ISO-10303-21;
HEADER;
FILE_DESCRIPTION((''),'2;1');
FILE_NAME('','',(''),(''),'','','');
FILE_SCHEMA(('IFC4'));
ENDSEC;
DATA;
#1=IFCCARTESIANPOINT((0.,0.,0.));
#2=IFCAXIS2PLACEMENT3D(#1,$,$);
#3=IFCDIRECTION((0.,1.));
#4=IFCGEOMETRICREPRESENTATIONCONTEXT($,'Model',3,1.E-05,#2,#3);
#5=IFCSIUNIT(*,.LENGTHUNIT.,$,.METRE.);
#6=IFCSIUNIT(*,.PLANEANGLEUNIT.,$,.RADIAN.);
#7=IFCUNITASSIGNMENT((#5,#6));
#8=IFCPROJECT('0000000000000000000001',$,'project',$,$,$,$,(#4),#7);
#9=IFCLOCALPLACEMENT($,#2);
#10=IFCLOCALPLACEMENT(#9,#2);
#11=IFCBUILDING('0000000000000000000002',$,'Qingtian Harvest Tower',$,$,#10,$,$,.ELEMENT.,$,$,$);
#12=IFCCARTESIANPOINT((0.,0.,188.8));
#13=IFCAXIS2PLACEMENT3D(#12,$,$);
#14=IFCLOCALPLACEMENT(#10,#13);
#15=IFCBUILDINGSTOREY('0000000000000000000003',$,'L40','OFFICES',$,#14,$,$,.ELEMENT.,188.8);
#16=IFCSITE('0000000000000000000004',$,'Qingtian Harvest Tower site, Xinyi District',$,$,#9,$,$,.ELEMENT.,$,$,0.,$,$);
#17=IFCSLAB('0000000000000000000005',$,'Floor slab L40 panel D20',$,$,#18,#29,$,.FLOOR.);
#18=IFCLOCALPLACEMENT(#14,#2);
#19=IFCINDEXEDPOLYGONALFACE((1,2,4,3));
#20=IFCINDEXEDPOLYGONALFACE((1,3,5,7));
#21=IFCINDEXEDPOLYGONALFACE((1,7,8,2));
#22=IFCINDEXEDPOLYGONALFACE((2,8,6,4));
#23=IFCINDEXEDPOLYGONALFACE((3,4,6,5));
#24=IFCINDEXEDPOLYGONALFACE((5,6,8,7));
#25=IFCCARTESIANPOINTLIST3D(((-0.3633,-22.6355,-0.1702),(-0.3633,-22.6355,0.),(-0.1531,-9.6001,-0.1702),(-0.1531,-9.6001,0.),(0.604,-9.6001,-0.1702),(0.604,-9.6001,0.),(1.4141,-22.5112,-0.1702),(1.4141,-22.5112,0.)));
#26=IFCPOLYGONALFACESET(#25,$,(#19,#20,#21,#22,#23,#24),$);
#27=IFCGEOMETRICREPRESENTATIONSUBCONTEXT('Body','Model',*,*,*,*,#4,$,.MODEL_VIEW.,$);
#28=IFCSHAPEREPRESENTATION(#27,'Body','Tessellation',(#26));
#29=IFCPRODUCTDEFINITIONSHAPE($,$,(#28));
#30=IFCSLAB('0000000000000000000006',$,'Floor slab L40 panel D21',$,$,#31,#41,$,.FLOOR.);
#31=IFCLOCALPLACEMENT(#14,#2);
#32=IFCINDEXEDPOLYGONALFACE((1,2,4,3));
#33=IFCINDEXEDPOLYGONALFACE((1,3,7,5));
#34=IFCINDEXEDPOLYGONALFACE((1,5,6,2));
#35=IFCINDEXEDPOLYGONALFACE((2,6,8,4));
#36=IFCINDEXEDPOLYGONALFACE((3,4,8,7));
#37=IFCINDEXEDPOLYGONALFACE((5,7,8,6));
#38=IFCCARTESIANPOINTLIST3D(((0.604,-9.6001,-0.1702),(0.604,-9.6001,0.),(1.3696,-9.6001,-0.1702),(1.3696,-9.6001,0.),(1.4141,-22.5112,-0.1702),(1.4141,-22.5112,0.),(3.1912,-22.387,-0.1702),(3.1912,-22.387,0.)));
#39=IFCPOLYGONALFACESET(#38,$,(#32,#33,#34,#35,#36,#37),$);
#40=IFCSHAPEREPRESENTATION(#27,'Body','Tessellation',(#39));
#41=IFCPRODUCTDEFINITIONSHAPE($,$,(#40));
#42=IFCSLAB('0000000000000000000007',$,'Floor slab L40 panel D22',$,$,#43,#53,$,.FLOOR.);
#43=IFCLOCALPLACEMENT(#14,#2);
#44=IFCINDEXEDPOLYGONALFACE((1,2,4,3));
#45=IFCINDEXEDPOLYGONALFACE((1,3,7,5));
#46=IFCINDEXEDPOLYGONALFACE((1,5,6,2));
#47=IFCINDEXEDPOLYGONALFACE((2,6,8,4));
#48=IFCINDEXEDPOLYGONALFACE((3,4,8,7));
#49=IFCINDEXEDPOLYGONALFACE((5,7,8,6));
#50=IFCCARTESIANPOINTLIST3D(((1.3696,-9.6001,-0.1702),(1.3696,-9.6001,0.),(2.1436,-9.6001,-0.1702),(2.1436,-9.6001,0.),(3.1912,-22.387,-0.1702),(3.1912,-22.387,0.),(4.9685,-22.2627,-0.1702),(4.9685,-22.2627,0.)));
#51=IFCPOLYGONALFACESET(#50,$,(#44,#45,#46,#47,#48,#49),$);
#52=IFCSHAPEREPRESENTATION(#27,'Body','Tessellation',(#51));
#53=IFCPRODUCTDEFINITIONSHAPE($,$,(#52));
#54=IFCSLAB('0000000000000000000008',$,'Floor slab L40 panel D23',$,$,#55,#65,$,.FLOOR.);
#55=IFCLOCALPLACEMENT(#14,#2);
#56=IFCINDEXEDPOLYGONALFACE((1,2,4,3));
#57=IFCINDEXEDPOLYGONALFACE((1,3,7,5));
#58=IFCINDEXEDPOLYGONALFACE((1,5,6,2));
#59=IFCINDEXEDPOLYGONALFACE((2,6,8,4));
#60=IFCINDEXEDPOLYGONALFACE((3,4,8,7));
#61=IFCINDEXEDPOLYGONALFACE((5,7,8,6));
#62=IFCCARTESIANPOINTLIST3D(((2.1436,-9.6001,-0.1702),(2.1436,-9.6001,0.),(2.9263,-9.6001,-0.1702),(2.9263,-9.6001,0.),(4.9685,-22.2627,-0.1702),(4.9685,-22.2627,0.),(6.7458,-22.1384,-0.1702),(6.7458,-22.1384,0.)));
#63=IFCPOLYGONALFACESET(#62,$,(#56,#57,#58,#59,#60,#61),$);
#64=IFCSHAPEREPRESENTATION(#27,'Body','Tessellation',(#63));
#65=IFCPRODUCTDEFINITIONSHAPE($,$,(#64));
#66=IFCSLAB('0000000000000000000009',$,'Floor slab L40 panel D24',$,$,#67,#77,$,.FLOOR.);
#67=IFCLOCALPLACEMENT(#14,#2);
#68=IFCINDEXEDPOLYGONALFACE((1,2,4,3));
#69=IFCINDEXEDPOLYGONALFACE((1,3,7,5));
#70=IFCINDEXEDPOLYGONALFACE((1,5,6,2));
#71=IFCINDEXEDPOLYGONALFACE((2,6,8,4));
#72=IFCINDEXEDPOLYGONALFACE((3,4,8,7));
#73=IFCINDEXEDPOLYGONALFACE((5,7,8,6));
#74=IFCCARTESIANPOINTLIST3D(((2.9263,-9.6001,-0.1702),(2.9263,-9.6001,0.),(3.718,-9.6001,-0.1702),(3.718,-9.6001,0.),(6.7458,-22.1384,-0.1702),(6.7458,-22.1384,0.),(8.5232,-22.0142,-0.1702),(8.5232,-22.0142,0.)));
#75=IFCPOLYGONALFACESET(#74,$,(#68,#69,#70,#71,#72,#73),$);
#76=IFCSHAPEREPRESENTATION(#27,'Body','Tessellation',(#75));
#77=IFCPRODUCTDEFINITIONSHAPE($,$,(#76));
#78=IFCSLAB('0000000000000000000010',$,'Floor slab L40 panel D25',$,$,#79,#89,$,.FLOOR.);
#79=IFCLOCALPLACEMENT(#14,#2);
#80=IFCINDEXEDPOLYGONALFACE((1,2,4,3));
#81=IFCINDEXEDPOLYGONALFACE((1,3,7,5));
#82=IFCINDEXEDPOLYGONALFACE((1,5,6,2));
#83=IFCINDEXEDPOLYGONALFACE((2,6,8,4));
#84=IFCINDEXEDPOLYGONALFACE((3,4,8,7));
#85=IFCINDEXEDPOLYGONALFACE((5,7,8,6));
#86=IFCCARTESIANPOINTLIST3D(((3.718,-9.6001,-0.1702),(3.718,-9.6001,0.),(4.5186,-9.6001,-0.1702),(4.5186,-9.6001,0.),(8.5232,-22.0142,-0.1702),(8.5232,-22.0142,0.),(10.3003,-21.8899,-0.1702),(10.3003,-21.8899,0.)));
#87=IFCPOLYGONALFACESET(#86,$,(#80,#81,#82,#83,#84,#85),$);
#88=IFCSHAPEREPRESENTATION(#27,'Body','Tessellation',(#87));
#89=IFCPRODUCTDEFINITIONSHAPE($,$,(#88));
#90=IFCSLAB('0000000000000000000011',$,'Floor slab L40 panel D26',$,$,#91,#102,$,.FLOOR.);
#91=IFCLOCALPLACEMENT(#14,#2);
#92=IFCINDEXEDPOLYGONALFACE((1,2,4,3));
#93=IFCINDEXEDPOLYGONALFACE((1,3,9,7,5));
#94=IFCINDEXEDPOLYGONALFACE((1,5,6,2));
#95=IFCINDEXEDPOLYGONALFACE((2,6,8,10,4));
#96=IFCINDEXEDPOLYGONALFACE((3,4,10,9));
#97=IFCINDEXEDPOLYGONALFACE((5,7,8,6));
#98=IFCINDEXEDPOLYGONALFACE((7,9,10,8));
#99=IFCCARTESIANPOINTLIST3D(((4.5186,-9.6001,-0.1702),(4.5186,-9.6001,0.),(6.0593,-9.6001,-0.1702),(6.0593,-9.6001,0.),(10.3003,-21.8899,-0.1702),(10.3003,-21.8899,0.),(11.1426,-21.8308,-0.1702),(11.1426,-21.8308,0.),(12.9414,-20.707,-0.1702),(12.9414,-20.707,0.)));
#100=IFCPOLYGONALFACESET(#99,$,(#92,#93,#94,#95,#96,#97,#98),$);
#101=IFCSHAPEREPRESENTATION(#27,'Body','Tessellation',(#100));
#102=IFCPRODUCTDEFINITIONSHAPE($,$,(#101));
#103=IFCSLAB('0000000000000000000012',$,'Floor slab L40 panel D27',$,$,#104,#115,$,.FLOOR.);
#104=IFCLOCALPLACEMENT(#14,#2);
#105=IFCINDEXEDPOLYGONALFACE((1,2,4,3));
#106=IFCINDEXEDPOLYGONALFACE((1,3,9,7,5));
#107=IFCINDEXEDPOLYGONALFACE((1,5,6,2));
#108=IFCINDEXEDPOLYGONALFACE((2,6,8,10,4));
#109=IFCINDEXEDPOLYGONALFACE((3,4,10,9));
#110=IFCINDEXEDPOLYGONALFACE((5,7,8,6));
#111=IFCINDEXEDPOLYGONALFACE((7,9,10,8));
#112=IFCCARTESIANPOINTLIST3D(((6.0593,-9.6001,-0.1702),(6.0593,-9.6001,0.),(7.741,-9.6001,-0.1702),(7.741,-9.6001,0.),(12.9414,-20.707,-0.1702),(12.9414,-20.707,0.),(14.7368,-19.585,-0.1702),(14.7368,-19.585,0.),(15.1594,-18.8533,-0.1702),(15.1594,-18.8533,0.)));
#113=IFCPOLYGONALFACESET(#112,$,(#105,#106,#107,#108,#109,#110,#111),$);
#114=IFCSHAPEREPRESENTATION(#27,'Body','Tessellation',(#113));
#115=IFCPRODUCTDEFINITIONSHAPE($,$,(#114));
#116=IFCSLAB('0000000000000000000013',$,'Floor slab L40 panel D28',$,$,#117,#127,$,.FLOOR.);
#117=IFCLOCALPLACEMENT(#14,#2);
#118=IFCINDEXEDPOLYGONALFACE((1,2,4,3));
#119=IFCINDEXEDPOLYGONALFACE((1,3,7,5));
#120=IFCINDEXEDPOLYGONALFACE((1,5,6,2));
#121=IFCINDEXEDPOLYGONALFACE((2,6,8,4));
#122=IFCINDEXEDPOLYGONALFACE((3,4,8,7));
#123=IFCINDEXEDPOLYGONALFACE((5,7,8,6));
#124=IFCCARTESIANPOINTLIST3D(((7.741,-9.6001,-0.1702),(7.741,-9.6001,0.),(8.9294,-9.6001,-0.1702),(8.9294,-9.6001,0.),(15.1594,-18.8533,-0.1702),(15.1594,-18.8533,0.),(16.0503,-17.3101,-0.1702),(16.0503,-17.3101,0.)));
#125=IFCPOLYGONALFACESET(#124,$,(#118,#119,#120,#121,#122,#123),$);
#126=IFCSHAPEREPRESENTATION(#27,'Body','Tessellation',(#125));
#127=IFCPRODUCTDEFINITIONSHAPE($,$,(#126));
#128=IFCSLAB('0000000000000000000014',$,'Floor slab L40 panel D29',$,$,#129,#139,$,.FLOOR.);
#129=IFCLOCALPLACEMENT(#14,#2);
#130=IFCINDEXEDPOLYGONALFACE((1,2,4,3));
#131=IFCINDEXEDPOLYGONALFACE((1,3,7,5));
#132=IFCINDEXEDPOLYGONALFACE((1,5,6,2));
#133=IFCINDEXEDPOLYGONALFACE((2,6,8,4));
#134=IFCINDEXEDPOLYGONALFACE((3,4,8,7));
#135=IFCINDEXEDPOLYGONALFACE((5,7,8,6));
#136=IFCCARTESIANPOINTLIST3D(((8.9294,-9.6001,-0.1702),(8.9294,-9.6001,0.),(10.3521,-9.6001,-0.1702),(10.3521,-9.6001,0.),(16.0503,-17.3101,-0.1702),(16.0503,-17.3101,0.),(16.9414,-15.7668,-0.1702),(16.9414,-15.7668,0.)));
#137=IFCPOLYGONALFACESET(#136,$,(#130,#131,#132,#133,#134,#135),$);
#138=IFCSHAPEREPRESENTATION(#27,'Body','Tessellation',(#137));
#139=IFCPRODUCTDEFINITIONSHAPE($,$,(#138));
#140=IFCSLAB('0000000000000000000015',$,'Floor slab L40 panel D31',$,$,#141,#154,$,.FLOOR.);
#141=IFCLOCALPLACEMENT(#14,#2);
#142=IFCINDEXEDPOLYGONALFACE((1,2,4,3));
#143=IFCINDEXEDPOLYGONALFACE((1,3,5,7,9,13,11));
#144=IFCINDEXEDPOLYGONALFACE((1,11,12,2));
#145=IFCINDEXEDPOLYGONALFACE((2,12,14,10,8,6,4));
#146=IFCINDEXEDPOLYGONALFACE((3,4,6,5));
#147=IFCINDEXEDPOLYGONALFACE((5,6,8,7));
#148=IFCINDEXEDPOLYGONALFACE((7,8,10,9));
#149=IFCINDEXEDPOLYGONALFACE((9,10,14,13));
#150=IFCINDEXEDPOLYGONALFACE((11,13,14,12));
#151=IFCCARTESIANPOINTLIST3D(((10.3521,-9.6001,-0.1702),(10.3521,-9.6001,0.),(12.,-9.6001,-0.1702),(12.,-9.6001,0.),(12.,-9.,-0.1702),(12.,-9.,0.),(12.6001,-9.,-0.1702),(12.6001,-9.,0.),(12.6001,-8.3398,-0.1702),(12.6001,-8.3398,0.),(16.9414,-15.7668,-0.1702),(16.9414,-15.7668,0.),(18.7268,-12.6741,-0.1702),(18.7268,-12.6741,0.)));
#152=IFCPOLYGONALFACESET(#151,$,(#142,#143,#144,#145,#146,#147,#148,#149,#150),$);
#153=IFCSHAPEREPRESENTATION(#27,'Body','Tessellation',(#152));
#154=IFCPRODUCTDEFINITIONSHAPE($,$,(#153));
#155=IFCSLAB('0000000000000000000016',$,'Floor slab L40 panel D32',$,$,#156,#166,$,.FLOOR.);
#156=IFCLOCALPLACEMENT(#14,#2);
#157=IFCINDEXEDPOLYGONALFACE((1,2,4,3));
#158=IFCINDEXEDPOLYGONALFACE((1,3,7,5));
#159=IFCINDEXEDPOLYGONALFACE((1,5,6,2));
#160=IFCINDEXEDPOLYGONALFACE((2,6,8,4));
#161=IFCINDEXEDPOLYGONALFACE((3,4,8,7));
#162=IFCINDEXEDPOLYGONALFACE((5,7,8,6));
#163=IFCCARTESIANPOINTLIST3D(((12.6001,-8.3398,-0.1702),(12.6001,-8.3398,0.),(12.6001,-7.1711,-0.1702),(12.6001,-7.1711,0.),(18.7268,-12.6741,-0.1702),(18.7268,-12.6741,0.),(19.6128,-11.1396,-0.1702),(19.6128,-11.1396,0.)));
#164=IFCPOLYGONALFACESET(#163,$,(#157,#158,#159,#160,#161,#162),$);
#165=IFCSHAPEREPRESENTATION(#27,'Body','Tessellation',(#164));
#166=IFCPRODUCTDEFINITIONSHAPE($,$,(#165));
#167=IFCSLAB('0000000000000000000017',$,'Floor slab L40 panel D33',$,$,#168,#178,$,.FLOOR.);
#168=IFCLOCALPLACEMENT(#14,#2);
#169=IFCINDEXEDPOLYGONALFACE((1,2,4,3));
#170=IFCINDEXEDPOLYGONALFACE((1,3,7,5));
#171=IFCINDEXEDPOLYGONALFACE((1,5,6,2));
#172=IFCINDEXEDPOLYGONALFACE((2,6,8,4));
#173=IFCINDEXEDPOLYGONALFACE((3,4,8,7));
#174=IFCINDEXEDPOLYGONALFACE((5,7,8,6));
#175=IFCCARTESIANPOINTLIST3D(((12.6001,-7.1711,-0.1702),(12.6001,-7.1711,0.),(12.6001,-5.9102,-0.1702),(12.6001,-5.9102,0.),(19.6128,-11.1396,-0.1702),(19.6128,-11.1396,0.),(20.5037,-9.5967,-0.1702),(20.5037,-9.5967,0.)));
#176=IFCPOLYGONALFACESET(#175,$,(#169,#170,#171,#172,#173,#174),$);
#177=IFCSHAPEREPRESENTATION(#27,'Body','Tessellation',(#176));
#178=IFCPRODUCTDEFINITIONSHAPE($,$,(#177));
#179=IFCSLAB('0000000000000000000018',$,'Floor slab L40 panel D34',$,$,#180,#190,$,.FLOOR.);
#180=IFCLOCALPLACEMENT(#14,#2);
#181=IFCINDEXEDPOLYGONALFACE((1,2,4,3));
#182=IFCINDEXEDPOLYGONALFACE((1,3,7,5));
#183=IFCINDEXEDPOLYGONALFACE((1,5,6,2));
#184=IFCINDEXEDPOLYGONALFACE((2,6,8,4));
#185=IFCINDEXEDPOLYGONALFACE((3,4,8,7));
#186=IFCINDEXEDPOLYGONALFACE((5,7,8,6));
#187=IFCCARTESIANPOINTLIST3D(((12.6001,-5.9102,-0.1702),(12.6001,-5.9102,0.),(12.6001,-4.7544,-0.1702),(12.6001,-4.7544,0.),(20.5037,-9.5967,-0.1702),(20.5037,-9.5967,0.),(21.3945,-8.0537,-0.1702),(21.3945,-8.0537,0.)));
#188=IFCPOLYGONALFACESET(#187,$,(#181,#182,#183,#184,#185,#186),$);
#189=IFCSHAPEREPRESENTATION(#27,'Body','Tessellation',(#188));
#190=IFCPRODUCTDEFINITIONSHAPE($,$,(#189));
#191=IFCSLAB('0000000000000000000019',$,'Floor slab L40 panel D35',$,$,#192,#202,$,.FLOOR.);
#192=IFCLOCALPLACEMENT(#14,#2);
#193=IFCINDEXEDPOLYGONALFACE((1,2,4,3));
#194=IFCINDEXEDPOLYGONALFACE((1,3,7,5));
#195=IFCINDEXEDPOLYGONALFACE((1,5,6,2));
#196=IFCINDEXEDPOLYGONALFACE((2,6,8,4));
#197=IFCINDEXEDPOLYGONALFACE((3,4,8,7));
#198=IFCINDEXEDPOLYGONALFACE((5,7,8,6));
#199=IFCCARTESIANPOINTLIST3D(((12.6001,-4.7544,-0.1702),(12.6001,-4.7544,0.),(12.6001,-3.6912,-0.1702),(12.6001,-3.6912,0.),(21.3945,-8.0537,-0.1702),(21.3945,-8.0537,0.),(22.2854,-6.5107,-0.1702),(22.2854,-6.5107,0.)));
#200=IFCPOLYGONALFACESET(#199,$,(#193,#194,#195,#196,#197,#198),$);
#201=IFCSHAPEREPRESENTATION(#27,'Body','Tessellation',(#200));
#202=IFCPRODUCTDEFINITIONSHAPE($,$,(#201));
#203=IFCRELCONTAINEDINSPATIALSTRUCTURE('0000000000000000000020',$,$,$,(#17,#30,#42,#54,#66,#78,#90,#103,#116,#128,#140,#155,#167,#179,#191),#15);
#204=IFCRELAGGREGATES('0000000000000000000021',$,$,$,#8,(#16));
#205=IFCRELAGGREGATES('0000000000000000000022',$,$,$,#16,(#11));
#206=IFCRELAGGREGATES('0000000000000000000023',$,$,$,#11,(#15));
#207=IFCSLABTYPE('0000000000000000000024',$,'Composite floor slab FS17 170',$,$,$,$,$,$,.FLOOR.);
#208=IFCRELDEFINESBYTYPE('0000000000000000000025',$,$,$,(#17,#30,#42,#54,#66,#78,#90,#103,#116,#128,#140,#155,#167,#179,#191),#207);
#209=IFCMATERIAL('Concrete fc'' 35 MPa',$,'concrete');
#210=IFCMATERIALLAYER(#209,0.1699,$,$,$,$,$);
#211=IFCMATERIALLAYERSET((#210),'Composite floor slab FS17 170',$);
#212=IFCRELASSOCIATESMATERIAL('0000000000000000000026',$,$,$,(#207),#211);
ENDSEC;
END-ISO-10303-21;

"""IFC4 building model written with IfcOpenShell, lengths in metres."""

from ifc_helpers import new_model, si_unit, direction, frame, origin, place, context, subcontext, project, spatial, polyline, outline, extrude, material, layer, layer_set, type_object, element, save


model = new_model("IFC4")

# Units and contexts
model_context = context("Model", 3, precision=1e-05, world=origin(), true_north=direction((0.0, 1.0)))
body_context = subcontext(model_context, "Body", "Model", "MODEL_VIEW")
ifc_project = project(units=[si_unit("LENGTHUNIT", "METRE"), si_unit("PLANEANGLEUNIT", "RADIAN")], contexts=[model_context])

# Site, building, storey
site_placement = place(None, origin())
site = spatial("IfcSite", under=ifc_project, at=site_placement, Name="Qingtian Harvest Tower site, Xinyi District", CompositionType="ELEMENT", RefElevation=0.0)
building_placement = place(site_placement, origin())
building = spatial("IfcBuilding", under=site, at=building_placement, Name="Qingtian Harvest Tower", CompositionType="ELEMENT")
storey_placement = place(building_placement, frame((0.0, 0.0, 188.8)))
storey = spatial("IfcBuildingStorey", under=building, at=storey_placement, Name="L40", Description="OFFICES", CompositionType="ELEMENT", Elevation=188.8)

# Slabs
ifc_material = material(Name="Concrete fc' 35 MPa", Category="concrete")
ifc_layer = layer(ifc_material, 0.1699)
ifc_layer_set = layer_set([ifc_layer], Name="Composite floor slab FS17 170")
slab_type = type_object("IfcSlabType", Name="Composite floor slab FS17 170", PredefinedType="FLOOR", material=ifc_layer_set)
slab_1_placement = place(storey_placement, frame((0.0, 0.0, -0.1702)))
element("IfcSlab", 1, at=slab_1_placement, inside=storey, type_object=slab_type, Name="Floor slab L40 panel D20", PredefinedType="FLOOR", context=body_context, shape_type="SweptSolid", body=[
    extrude(outline(polyline([(0.604, -9.6001), (1.4141, -22.5112), (-0.3633, -22.6355), (-0.1531, -9.6001), (0.604, -9.6001)])), origin(), (0.0, 0.0, 1.0), 0.1702),
])
slab_2_placement = place(storey_placement, frame((0.0, 0.0, -0.1702)))
element("IfcSlab", 2, at=slab_2_placement, inside=storey, type_object=slab_type, Name="Floor slab L40 panel D21", PredefinedType="FLOOR", context=body_context, shape_type="SweptSolid", body=[
    extrude(outline(polyline([(1.3696, -9.6001), (3.1912, -22.387), (1.4141, -22.5112), (0.604, -9.6001), (1.3696, -9.6001)])), origin(), (0.0, 0.0, 1.0), 0.1702),
])
slab_3_placement = place(storey_placement, frame((0.0, 0.0, -0.1702)))
element("IfcSlab", 3, at=slab_3_placement, inside=storey, type_object=slab_type, Name="Floor slab L40 panel D22", PredefinedType="FLOOR", context=body_context, shape_type="SweptSolid", body=[
    extrude(outline(polyline([(2.1436, -9.6001), (4.9685, -22.2627), (3.1912, -22.387), (1.3696, -9.6001), (2.1436, -9.6001)])), origin(), (0.0, 0.0, 1.0), 0.1702),
])
slab_4_placement = place(storey_placement, frame((0.0, 0.0, -0.1702)))
element("IfcSlab", 4, at=slab_4_placement, inside=storey, type_object=slab_type, Name="Floor slab L40 panel D23", PredefinedType="FLOOR", context=body_context, shape_type="SweptSolid", body=[
    extrude(outline(polyline([(2.9263, -9.6001), (6.7458, -22.1384), (4.9685, -22.2627), (2.1436, -9.6001), (2.9263, -9.6001)])), origin(), (0.0, 0.0, 1.0), 0.1702),
])
slab_5_placement = place(storey_placement, frame((0.0, 0.0, -0.1702)))
element("IfcSlab", 5, at=slab_5_placement, inside=storey, type_object=slab_type, Name="Floor slab L40 panel D24", PredefinedType="FLOOR", context=body_context, shape_type="SweptSolid", body=[
    extrude(outline(polyline([(3.718, -9.6001), (8.5232, -22.0142), (6.7458, -22.1384), (2.9263, -9.6001), (3.718, -9.6001)])), origin(), (0.0, 0.0, 1.0), 0.1702),
])
slab_6_placement = place(storey_placement, frame((0.0, 0.0, -0.1702)))
element("IfcSlab", 6, at=slab_6_placement, inside=storey, type_object=slab_type, Name="Floor slab L40 panel D25", PredefinedType="FLOOR", context=body_context, shape_type="SweptSolid", body=[
    extrude(outline(polyline([(4.5186, -9.6001), (10.3003, -21.8899), (8.5232, -22.0142), (3.718, -9.6001), (4.5186, -9.6001)])), origin(), (0.0, 0.0, 1.0), 0.1702),
])
slab_7_placement = place(storey_placement, frame((0.0, 0.0, -0.1702)))
element("IfcSlab", 7, at=slab_7_placement, inside=storey, type_object=slab_type, Name="Floor slab L40 panel D26", PredefinedType="FLOOR", context=body_context, shape_type="SweptSolid", body=[
    extrude(outline(polyline([(4.5186, -9.6001), (6.0593, -9.6001), (12.9414, -20.707), (11.1426, -21.8308), (10.3003, -21.8899), (4.5186, -9.6001)])), origin(), (0.0, 0.0, 1.0), 0.1702),
])
slab_8_placement = place(storey_placement, frame((0.0, 0.0, -0.1702)))
element("IfcSlab", 8, at=slab_8_placement, inside=storey, type_object=slab_type, Name="Floor slab L40 panel D27", PredefinedType="FLOOR", context=body_context, shape_type="SweptSolid", body=[
    extrude(outline(polyline([(6.0593, -9.6001), (7.741, -9.6001), (15.1594, -18.8533), (14.7368, -19.585), (12.9414, -20.707), (6.0593, -9.6001)])), origin(), (0.0, 0.0, 1.0), 0.1702),
])
slab_9_placement = place(storey_placement, frame((0.0, 0.0, -0.1702)))
element("IfcSlab", 9, at=slab_9_placement, inside=storey, type_object=slab_type, Name="Floor slab L40 panel D28", PredefinedType="FLOOR", context=body_context, shape_type="SweptSolid", body=[
    extrude(outline(polyline([(8.9294, -9.6001), (16.0503, -17.3101), (15.1594, -18.8533), (7.741, -9.6001), (8.9294, -9.6001)])), origin(), (0.0, 0.0, 1.0), 0.1702),
])
slab_10_placement = place(storey_placement, frame((0.0, 0.0, -0.1702)))
element("IfcSlab", 10, at=slab_10_placement, inside=storey, type_object=slab_type, Name="Floor slab L40 panel D29", PredefinedType="FLOOR", context=body_context, shape_type="SweptSolid", body=[
    extrude(outline(polyline([(10.3521, -9.6001), (16.9414, -15.7668), (16.0503, -17.3101), (8.9294, -9.6001), (10.3521, -9.6001)])), origin(), (0.0, 0.0, 1.0), 0.1702),
])
slab_11_placement = place(storey_placement, frame((0.0, 0.0, -0.1702)))
element("IfcSlab", 11, at=slab_11_placement, inside=storey, type_object=slab_type, Name="Floor slab L40 panel D31", PredefinedType="FLOOR", context=body_context, shape_type="SweptSolid", body=[
    extrude(outline(polyline([(12.6001, -8.3398), (18.7268, -12.6741), (16.9414, -15.7668), (10.3521, -9.6001), (12.0, -9.6001), (12.0, -9.0), (12.6001, -9.0), (12.6001, -8.3398)])), origin(), (0.0, 0.0, 1.0), 0.1702),
])
slab_12_placement = place(storey_placement, frame((0.0, 0.0, -0.1702)))
element("IfcSlab", 12, at=slab_12_placement, inside=storey, type_object=slab_type, Name="Floor slab L40 panel D32", PredefinedType="FLOOR", context=body_context, shape_type="SweptSolid", body=[
    extrude(outline(polyline([(12.6001, -7.1711), (19.6128, -11.1396), (18.7268, -12.6741), (12.6001, -8.3398), (12.6001, -7.1711)])), origin(), (0.0, 0.0, 1.0), 0.1702),
])
slab_13_placement = place(storey_placement, frame((0.0, 0.0, -0.1702)))
element("IfcSlab", 13, at=slab_13_placement, inside=storey, type_object=slab_type, Name="Floor slab L40 panel D33", PredefinedType="FLOOR", context=body_context, shape_type="SweptSolid", body=[
    extrude(outline(polyline([(12.6001, -5.9102), (20.5037, -9.5967), (19.6128, -11.1396), (12.6001, -7.1711), (12.6001, -5.9102)])), origin(), (0.0, 0.0, 1.0), 0.1702),
])
slab_14_placement = place(storey_placement, frame((0.0, 0.0, -0.1702)))
element("IfcSlab", 14, at=slab_14_placement, inside=storey, type_object=slab_type, Name="Floor slab L40 panel D34", PredefinedType="FLOOR", context=body_context, shape_type="SweptSolid", body=[
    extrude(outline(polyline([(12.6001, -4.7544), (21.3945, -8.0537), (20.5037, -9.5967), (12.6001, -5.9102), (12.6001, -4.7544)])), origin(), (0.0, 0.0, 1.0), 0.1702),
])
slab_15_placement = place(storey_placement, frame((0.0, 0.0, -0.1702)))
element("IfcSlab", 15, at=slab_15_placement, inside=storey, type_object=slab_type, Name="Floor slab L40 panel D35", PredefinedType="FLOOR", context=body_context, shape_type="SweptSolid", body=[
    extrude(outline(polyline([(12.6001, -3.6912), (22.2854, -6.5107), (21.3945, -8.0537), (12.6001, -4.7544), (12.6001, -3.6912)])), origin(), (0.0, 0.0, 1.0), 0.1702),
])

save(model, "model.ifc")
